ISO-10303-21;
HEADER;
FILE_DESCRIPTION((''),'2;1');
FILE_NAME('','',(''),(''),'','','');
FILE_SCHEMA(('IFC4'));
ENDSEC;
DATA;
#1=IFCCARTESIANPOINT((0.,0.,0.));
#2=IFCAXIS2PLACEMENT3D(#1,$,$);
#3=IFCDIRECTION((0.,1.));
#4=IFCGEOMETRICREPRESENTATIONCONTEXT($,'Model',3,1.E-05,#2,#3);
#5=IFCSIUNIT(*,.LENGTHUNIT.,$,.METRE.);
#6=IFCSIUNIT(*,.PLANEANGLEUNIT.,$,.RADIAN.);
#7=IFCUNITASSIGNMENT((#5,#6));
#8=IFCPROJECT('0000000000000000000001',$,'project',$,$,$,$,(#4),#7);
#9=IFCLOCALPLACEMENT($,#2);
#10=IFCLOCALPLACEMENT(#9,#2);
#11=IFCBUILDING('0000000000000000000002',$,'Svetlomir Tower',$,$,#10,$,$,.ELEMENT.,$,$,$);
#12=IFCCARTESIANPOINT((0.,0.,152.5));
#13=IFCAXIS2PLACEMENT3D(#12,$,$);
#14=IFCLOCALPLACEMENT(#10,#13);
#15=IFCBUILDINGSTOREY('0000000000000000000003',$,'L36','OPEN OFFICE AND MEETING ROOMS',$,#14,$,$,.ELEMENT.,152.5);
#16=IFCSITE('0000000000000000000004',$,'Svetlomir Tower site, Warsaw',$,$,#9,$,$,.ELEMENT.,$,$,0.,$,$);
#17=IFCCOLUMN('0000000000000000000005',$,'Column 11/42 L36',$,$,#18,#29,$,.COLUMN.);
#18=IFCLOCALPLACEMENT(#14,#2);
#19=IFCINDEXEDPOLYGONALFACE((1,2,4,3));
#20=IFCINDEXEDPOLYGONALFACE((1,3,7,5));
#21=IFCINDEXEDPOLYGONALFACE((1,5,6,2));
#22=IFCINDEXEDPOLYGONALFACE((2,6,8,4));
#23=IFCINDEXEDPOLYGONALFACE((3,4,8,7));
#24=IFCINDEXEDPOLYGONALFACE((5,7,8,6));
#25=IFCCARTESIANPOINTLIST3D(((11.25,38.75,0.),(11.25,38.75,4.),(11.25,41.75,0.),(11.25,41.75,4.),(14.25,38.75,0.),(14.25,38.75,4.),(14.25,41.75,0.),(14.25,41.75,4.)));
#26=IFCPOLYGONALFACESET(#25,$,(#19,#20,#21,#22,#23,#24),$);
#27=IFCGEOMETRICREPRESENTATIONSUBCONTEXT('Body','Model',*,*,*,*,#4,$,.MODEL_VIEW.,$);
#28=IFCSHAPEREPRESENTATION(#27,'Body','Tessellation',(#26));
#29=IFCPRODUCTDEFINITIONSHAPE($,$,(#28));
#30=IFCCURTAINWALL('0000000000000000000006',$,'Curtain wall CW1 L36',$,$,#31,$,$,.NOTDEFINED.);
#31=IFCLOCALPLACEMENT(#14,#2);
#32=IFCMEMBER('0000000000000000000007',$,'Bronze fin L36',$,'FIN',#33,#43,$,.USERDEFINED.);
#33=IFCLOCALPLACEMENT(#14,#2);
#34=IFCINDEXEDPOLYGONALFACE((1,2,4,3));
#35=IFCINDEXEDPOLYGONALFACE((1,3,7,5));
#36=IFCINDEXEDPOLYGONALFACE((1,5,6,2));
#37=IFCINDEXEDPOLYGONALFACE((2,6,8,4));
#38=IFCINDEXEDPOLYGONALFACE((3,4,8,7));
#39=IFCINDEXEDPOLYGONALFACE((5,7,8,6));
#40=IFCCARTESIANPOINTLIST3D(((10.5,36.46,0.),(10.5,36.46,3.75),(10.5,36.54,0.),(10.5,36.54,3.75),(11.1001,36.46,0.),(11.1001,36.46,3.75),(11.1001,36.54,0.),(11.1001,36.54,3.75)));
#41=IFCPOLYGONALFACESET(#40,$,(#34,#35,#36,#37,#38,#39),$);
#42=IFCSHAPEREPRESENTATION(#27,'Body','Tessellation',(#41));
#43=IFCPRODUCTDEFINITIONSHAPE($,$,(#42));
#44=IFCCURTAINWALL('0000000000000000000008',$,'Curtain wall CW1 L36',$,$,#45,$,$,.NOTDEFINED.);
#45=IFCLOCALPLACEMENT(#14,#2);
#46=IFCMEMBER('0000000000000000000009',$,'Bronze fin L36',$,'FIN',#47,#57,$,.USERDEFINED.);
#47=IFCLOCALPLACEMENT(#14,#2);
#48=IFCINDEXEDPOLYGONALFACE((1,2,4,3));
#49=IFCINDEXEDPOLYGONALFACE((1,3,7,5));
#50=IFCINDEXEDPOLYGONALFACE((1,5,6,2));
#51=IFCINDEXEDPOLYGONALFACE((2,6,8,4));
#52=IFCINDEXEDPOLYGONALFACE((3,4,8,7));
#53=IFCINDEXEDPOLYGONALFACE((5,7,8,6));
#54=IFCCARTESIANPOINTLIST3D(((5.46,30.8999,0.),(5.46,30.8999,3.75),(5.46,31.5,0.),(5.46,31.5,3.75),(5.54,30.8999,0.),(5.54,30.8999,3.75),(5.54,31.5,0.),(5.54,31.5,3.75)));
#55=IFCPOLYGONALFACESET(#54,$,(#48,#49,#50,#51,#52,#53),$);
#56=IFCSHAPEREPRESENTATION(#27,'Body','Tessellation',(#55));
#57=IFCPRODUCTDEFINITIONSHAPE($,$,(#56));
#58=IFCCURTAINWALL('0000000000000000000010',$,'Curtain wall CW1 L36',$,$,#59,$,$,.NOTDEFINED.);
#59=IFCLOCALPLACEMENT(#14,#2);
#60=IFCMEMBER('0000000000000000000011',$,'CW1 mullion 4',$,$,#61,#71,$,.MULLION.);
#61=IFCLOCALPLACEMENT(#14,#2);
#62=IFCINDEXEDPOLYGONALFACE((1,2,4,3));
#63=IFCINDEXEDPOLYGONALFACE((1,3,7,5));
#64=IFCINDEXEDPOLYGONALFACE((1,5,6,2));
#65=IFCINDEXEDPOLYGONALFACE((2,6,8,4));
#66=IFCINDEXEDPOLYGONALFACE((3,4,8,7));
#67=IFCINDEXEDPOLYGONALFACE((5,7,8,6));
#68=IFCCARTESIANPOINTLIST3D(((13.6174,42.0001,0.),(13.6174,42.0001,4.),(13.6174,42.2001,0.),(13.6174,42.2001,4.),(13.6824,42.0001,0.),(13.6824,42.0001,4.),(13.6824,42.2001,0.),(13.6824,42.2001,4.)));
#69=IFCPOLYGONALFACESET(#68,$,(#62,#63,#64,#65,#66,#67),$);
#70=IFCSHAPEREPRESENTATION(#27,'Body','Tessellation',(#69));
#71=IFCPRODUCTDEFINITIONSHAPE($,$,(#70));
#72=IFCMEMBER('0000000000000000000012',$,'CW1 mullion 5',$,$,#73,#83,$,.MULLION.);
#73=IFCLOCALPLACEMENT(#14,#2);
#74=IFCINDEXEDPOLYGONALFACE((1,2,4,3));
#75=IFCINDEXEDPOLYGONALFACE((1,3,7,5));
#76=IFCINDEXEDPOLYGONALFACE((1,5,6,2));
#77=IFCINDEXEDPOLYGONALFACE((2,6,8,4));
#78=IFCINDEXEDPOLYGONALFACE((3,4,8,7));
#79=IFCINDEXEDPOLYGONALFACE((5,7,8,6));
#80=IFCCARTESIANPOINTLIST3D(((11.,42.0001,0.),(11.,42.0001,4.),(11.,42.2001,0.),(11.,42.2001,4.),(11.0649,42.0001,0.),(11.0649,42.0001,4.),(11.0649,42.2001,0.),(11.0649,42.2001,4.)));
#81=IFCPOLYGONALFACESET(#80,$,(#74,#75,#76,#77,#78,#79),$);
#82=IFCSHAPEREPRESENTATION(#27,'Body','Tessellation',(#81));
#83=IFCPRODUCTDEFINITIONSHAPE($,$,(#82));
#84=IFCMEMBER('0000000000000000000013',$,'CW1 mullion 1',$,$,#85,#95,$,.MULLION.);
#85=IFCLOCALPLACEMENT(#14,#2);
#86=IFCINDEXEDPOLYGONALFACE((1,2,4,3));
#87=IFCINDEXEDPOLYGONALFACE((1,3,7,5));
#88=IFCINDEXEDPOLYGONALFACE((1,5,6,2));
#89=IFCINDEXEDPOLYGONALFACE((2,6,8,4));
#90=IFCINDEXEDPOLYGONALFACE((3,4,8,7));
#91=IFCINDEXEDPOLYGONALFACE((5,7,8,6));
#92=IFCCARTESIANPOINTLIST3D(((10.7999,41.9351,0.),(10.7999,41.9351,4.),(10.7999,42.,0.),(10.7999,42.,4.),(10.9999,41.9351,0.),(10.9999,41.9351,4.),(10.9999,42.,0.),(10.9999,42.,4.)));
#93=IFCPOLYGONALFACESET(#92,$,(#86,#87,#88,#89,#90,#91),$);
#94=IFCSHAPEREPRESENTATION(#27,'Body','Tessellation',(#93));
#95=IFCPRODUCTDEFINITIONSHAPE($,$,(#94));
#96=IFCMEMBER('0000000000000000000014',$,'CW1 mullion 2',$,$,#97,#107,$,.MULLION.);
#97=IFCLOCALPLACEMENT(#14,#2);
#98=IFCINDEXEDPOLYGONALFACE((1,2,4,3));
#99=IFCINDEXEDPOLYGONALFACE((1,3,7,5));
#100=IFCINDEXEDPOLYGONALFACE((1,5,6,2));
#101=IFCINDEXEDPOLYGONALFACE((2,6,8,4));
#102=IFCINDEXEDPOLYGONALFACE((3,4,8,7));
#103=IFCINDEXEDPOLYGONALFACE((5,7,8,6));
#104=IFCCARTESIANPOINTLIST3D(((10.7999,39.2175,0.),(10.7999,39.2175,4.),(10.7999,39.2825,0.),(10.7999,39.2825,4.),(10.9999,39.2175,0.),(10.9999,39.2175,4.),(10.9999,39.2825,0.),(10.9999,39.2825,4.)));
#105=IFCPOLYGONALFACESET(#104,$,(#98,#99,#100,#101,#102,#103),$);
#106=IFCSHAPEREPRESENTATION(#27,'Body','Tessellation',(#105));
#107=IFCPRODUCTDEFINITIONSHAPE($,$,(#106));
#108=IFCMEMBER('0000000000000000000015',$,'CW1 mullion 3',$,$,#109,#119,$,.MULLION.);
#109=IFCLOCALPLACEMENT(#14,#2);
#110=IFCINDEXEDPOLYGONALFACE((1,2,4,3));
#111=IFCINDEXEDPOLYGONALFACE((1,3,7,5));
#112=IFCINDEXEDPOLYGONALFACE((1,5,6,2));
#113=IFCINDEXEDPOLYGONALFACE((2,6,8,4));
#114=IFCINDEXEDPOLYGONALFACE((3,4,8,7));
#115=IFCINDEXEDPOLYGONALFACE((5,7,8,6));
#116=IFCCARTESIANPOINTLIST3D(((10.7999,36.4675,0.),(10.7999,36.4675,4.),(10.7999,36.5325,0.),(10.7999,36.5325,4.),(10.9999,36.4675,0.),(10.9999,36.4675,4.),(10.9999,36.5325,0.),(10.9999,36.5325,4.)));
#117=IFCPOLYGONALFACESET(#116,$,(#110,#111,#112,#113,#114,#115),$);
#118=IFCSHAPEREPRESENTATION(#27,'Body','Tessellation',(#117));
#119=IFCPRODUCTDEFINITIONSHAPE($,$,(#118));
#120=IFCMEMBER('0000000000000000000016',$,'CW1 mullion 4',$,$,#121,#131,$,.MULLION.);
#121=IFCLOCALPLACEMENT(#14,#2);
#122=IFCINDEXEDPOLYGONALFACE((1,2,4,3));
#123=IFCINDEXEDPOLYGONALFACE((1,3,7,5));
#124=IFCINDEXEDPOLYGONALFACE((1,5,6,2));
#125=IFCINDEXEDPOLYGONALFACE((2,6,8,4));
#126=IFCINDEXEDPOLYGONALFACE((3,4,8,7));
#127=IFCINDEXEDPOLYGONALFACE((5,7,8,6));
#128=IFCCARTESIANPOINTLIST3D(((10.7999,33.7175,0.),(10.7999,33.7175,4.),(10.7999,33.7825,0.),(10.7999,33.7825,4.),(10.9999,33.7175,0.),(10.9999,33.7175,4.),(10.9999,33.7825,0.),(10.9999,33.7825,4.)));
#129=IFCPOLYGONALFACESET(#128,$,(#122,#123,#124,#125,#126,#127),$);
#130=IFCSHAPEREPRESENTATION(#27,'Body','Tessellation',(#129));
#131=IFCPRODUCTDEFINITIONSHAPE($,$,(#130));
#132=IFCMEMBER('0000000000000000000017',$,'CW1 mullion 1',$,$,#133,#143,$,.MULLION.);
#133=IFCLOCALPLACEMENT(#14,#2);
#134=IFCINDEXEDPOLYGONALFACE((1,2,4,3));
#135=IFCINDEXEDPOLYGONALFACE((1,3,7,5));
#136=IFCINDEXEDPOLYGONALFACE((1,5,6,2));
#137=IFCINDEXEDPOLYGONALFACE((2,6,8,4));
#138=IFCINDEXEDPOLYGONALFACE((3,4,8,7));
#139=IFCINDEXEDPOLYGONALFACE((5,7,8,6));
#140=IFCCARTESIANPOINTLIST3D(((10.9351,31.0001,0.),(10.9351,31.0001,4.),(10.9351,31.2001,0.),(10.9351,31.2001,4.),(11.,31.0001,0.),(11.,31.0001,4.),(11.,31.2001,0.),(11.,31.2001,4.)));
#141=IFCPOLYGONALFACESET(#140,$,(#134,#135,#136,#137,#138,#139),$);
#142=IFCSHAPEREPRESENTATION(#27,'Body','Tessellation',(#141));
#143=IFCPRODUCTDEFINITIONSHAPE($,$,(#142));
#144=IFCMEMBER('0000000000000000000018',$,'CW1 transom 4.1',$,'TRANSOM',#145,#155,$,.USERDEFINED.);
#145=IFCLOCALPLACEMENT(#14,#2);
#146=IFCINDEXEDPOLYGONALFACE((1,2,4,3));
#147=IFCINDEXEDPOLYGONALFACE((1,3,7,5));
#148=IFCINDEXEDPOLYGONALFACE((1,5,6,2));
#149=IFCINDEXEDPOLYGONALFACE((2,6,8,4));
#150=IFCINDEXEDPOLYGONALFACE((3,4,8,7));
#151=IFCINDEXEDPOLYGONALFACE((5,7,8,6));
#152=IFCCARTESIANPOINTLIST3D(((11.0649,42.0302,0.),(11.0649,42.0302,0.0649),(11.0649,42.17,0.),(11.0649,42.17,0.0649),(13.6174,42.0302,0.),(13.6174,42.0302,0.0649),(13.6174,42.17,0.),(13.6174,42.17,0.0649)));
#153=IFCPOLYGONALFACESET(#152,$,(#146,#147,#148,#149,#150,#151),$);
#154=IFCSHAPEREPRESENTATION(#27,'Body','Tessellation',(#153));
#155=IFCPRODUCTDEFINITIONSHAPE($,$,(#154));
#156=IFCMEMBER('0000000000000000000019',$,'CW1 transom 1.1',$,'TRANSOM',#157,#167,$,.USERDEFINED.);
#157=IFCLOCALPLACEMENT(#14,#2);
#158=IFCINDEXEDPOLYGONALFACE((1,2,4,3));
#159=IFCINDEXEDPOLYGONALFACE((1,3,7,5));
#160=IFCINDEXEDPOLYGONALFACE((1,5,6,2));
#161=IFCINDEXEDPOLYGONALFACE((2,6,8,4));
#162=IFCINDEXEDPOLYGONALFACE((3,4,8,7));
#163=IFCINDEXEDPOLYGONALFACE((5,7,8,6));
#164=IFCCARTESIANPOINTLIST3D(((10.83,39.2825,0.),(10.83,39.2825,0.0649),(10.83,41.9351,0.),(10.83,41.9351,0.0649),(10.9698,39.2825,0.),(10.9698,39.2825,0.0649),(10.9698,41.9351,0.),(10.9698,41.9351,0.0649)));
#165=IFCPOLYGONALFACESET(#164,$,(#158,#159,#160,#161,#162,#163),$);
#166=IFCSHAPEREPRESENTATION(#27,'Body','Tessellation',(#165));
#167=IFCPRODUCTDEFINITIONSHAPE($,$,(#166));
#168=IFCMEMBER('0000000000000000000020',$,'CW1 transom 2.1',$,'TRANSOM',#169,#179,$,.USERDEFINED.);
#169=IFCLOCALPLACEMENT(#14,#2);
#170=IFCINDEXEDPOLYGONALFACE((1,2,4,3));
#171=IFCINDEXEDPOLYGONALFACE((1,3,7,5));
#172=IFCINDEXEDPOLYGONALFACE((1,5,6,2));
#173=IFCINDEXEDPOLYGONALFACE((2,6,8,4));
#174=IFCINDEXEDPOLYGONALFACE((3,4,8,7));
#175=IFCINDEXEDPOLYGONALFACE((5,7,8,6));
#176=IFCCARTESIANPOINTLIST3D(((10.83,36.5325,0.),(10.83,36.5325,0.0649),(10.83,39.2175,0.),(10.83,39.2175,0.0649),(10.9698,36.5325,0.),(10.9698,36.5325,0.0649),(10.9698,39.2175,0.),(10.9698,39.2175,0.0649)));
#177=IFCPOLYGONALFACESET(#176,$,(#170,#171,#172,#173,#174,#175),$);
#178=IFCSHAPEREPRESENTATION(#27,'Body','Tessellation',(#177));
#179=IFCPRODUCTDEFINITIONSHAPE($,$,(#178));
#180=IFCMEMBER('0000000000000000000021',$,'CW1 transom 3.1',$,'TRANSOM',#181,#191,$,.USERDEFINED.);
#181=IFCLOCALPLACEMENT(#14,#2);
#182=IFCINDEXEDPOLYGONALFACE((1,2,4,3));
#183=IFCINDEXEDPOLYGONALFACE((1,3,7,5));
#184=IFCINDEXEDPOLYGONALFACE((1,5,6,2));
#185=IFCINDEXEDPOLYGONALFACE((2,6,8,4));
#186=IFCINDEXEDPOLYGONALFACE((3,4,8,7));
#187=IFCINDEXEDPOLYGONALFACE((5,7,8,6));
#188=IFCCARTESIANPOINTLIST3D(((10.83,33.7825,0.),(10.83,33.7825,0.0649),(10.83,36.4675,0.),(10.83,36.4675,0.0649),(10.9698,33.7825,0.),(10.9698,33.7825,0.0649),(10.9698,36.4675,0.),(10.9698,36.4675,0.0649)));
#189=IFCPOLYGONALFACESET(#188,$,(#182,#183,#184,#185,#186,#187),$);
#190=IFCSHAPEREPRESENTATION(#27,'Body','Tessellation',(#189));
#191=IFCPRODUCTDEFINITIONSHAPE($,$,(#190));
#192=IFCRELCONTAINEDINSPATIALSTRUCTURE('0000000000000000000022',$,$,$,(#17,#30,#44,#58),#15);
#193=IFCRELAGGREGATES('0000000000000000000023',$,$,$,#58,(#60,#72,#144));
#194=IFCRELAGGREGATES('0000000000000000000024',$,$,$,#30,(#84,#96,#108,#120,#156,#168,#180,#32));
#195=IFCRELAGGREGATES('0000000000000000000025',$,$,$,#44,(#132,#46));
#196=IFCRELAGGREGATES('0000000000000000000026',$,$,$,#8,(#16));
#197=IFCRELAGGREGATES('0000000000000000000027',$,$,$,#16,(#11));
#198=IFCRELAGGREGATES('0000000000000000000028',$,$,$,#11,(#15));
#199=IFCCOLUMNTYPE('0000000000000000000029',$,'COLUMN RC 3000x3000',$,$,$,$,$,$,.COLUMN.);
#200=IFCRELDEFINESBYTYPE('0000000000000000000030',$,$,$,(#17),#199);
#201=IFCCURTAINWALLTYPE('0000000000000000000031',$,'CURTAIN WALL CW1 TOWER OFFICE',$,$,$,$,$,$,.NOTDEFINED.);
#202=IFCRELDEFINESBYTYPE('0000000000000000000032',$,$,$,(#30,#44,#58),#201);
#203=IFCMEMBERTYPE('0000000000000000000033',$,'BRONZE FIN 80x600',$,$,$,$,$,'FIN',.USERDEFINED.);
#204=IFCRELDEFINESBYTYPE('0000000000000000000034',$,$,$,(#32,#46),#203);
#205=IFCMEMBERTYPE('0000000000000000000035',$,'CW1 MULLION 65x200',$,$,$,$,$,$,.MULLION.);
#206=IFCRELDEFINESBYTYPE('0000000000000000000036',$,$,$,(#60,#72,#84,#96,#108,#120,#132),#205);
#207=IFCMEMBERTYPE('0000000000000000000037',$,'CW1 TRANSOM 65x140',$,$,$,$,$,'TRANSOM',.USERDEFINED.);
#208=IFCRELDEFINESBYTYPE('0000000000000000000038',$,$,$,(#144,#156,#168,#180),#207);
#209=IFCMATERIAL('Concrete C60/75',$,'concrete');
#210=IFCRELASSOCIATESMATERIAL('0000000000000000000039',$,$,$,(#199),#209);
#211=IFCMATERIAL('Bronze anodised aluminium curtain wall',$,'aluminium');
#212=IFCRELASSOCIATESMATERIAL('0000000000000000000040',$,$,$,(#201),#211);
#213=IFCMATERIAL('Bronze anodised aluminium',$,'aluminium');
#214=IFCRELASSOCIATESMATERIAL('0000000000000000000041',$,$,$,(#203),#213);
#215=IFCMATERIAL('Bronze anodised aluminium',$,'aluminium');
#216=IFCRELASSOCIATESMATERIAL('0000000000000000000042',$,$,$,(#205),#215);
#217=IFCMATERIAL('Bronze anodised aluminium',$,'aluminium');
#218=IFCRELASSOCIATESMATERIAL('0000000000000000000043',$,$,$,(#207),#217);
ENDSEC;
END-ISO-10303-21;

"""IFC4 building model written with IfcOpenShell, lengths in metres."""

from ifc_helpers import new_model, si_unit, direction, frame, origin, origin_2d, place, context, subcontext, project, spatial, rectangle, extrude, material, material_profile, profile_set, type_object, element, aggregate, save


model = new_model("IFC4")

# Units and contexts
model_context = context("Model", 3, precision=1e-05, world=origin(), true_north=direction((0.0, 1.0)))
body_context = subcontext(model_context, "Body", "Model", "MODEL_VIEW")
ifc_project = project(units=[si_unit("LENGTHUNIT", "METRE"), si_unit("PLANEANGLEUNIT", "RADIAN")], contexts=[model_context])

# Site, building, storey
site_placement = place(None, origin())
site = spatial("IfcSite", under=ifc_project, at=site_placement, Name="Svetlomir Tower site, Warsaw", CompositionType="ELEMENT", RefElevation=0.0)
building_placement = place(site_placement, origin())
building = spatial("IfcBuilding", under=site, at=building_placement, Name="Svetlomir Tower", CompositionType="ELEMENT")
storey_placement = place(building_placement, frame((0.0, 0.0, 152.5)))
storey = spatial("IfcBuildingStorey", under=building, at=storey_placement, Name="L36", Description="OPEN OFFICE AND MEETING ROOMS", CompositionType="ELEMENT", Elevation=152.5)

# Column
ifc_material_1 = material(Name="Concrete C60/75", Category="concrete")
ifc_material_profile_1 = material_profile(ifc_material_1, rectangle(XDim=3.0, YDim=3.0, at=origin_2d()), Name="RC 3000x3000")
ifc_profile_set_1 = profile_set([ifc_material_profile_1], Name="Concrete C60/75")
column_type = type_object("IfcColumnType", Name="COLUMN RC 3000x3000", PredefinedType="COLUMN", material=ifc_profile_set_1)
column_placement = place(storey_placement, frame((12.75, 40.25, 0.0), z_axis=(0.0, 0.0, 1.0), x_axis=(1.0, 0.0, 0.0)))
element("IfcColumn", 1, at=column_placement, inside=storey, type_object=column_type, Name="Column 11/42 L36", PredefinedType="COLUMN", context=body_context, shape_type="SweptSolid", body=[
    extrude(rectangle(XDim=3.0, YDim=3.0, at=origin_2d()), origin(), (0.0, 0.0, 1.0), 4.0),
])

# Curtain walls, members
ifc_material_2 = material(Name="Bronze anodised aluminium curtain wall", Category="aluminium")
curtain_wall_type = type_object("IfcCurtainWallType", Name="CURTAIN WALL CW1 TOWER OFFICE", PredefinedType="NOTDEFINED", material=ifc_material_2)
curtain_wall_1_placement = place(storey_placement, origin())
curtain_wall_1 = element("IfcCurtainWall", 2, at=curtain_wall_1_placement, inside=storey, type_object=curtain_wall_type, Name="Curtain wall CW1 L36", PredefinedType="NOTDEFINED")
ifc_material_3 = material(Name="Bronze anodised aluminium", Category="aluminium")
ifc_material_profile_2 = material_profile(ifc_material_3, rectangle(XDim=0.0801, YDim=0.6001, at=origin_2d()), Name="FIN 80x600")
ifc_profile_set_2 = profile_set([ifc_material_profile_2], Name="Bronze anodised aluminium 6063-T6")
member_type_1 = type_object("IfcMemberType", Name="BRONZE FIN 80x600", ElementType="FIN", PredefinedType="USERDEFINED", material=ifc_profile_set_2)
member_1_placement = place(storey_placement, frame((10.8, 36.5, 0.0), z_axis=(0.0, 0.0, 1.0), x_axis=(0.0, 1.0, 0.0)))
member_1 = element("IfcMember", 3, at=member_1_placement, type_object=member_type_1, Name="Bronze fin L36", ObjectType="FIN", PredefinedType="USERDEFINED", context=body_context, shape_type="SweptSolid", body=[
    extrude(rectangle(XDim=0.0801, YDim=0.6001, at=origin_2d()), origin(), (0.0, 0.0, 1.0), 3.75),
])
curtain_wall_2_placement = place(storey_placement, origin())
curtain_wall_2 = element("IfcCurtainWall", 4, at=curtain_wall_2_placement, inside=storey, type_object=curtain_wall_type, Name="Curtain wall CW1 L36", PredefinedType="NOTDEFINED")
member_2_placement = place(storey_placement, frame((5.5, 31.2, 0.0), z_axis=(0.0, 0.0, 1.0), x_axis=(1.0, 0.0, 0.0)))
member_2 = element("IfcMember", 5, at=member_2_placement, type_object=member_type_1, Name="Bronze fin L36", ObjectType="FIN", PredefinedType="USERDEFINED", context=body_context, shape_type="SweptSolid", body=[
    extrude(rectangle(XDim=0.0801, YDim=0.6001, at=origin_2d()), origin(), (0.0, 0.0, 1.0), 3.75),
])

# Curtain wall, members
curtain_wall_3_placement = place(storey_placement, origin())
curtain_wall_3 = element("IfcCurtainWall", 6, at=curtain_wall_3_placement, inside=storey, type_object=curtain_wall_type, Name="Curtain wall CW1 L36", PredefinedType="NOTDEFINED")
ifc_material_4 = material(Name="Bronze anodised aluminium", Category="aluminium")
ifc_material_profile_3 = material_profile(ifc_material_4, rectangle(XDim=0.0649, YDim=0.2, at=origin_2d()), Name="AL 65x200")
ifc_profile_set_3 = profile_set([ifc_material_profile_3], Name="Bronze anodised aluminium 6063-T6")
member_type_2 = type_object("IfcMemberType", Name="CW1 MULLION 65x200", PredefinedType="MULLION", material=ifc_profile_set_3)
member_3_placement = place(storey_placement, frame((13.6499, 42.1001, 0.0), z_axis=(0.0, 0.0, 1.0), x_axis=(-1.0, 0.0, 0.0)))
member_3 = element("IfcMember", 7, at=member_3_placement, type_object=member_type_2, Name="CW1 mullion 4", PredefinedType="MULLION", context=body_context, shape_type="SweptSolid", body=[
    extrude(rectangle(XDim=0.0649, YDim=0.2, at=origin_2d()), origin(), (0.0, 0.0, 1.0), 4.0),
])
member_4_placement = place(storey_placement, frame((11.0325, 42.1001, 0.0), z_axis=(0.0, 0.0, 1.0), x_axis=(-1.0, 0.0, 0.0)))
member_4 = element("IfcMember", 8, at=member_4_placement, type_object=member_type_2, Name="CW1 mullion 5", PredefinedType="MULLION", context=body_context, shape_type="SweptSolid", body=[
    extrude(rectangle(XDim=0.0649, YDim=0.2, at=origin_2d()), origin(), (0.0, 0.0, 1.0), 4.0),
])

# Members
member_5_placement = place(storey_placement, frame((10.8999, 41.9675, 0.0), z_axis=(0.0, 0.0, 1.0), x_axis=(0.0, -1.0, 0.0)))
member_5 = element("IfcMember", 9, at=member_5_placement, type_object=member_type_2, Name="CW1 mullion 1", PredefinedType="MULLION", context=body_context, shape_type="SweptSolid", body=[
    extrude(rectangle(XDim=0.0649, YDim=0.2, at=origin_2d()), origin(), (0.0, 0.0, 1.0), 4.0),
])
member_6_placement = place(storey_placement, frame((10.8999, 39.25, 0.0), z_axis=(0.0, 0.0, 1.0), x_axis=(0.0, -1.0, 0.0)))
member_6 = element("IfcMember", 10, at=member_6_placement, type_object=member_type_2, Name="CW1 mullion 2", PredefinedType="MULLION", context=body_context, shape_type="SweptSolid", body=[
    extrude(rectangle(XDim=0.0649, YDim=0.2, at=origin_2d()), origin(), (0.0, 0.0, 1.0), 4.0),
])
member_7_placement = place(storey_placement, frame((10.8999, 36.5, 0.0), z_axis=(0.0, 0.0, 1.0), x_axis=(0.0, -1.0, 0.0)))
member_7 = element("IfcMember", 11, at=member_7_placement, type_object=member_type_2, Name="CW1 mullion 3", PredefinedType="MULLION", context=body_context, shape_type="SweptSolid", body=[
    extrude(rectangle(XDim=0.0649, YDim=0.2, at=origin_2d()), origin(), (0.0, 0.0, 1.0), 4.0),
])
member_8_placement = place(storey_placement, frame((10.8999, 33.75, 0.0), z_axis=(0.0, 0.0, 1.0), x_axis=(0.0, -1.0, 0.0)))
member_8 = element("IfcMember", 12, at=member_8_placement, type_object=member_type_2, Name="CW1 mullion 4", PredefinedType="MULLION", context=body_context, shape_type="SweptSolid", body=[
    extrude(rectangle(XDim=0.0649, YDim=0.2, at=origin_2d()), origin(), (0.0, 0.0, 1.0), 4.0),
])
member_9_placement = place(storey_placement, frame((10.9675, 31.1001, 0.0), z_axis=(0.0, 0.0, 1.0), x_axis=(-1.0, 0.0, 0.0)))
member_9 = element("IfcMember", 13, at=member_9_placement, type_object=member_type_2, Name="CW1 mullion 1", PredefinedType="MULLION", context=body_context, shape_type="SweptSolid", body=[
    extrude(rectangle(XDim=0.0649, YDim=0.2, at=origin_2d()), origin(), (0.0, 0.0, 1.0), 4.0),
])
ifc_material_5 = material(Name="Bronze anodised aluminium", Category="aluminium")
ifc_material_profile_4 = material_profile(ifc_material_5, rectangle(XDim=0.1399, YDim=0.0649, at=origin_2d()), Name="AL 140x65")
ifc_profile_set_4 = profile_set([ifc_material_profile_4], Name="Bronze anodised aluminium 6063-T6")
member_type_3 = type_object("IfcMemberType", Name="CW1 TRANSOM 65x140", ElementType="TRANSOM", PredefinedType="USERDEFINED", material=ifc_profile_set_4)
member_10_placement = place(storey_placement, frame((13.6174, 42.1001, 0.0325), z_axis=(-1.0, 0.0, 0.0), x_axis=(0.0, -1.0, 0.0)))
member_10 = element("IfcMember", 14, at=member_10_placement, type_object=member_type_3, Name="CW1 transom 4.1", ObjectType="TRANSOM", PredefinedType="USERDEFINED", context=body_context, shape_type="SweptSolid", body=[
    extrude(rectangle(XDim=0.1399, YDim=0.0649, at=origin_2d()), origin(), (0.0, 0.0, 1.0), 2.5525),
])
member_11_placement = place(storey_placement, frame((10.8999, 41.9351, 0.0325), z_axis=(0.0, -1.0, 0.0), x_axis=(1.0, 0.0, 0.0)))
member_11 = element("IfcMember", 15, at=member_11_placement, type_object=member_type_3, Name="CW1 transom 1.1", ObjectType="TRANSOM", PredefinedType="USERDEFINED", context=body_context, shape_type="SweptSolid", body=[
    extrude(rectangle(XDim=0.1399, YDim=0.0649, at=origin_2d()), origin(), (0.0, 0.0, 1.0), 2.6526),
])
member_12_placement = place(storey_placement, frame((10.8999, 39.2175, 0.0325), z_axis=(0.0, -1.0, 0.0), x_axis=(1.0, 0.0, 0.0)))
member_12 = element("IfcMember", 16, at=member_12_placement, type_object=member_type_3, Name="CW1 transom 2.1", ObjectType="TRANSOM", PredefinedType="USERDEFINED", context=body_context, shape_type="SweptSolid", body=[
    extrude(rectangle(XDim=0.1399, YDim=0.0649, at=origin_2d()), origin(), (0.0, 0.0, 1.0), 2.6851),
])
member_13_placement = place(storey_placement, frame((10.8999, 36.4675, 0.0325), z_axis=(0.0, -1.0, 0.0), x_axis=(1.0, 0.0, 0.0)))
member_13 = element("IfcMember", 17, at=member_13_placement, type_object=member_type_3, Name="CW1 transom 3.1", ObjectType="TRANSOM", PredefinedType="USERDEFINED", context=body_context, shape_type="SweptSolid", body=[
    extrude(rectangle(XDim=0.1399, YDim=0.0649, at=origin_2d()), origin(), (0.0, 0.0, 1.0), 2.6851),
])

aggregate(curtain_wall_3, [member_3, member_4, member_10])
aggregate(curtain_wall_1, [member_5, member_6, member_7, member_8, member_11, member_12, member_13, member_1])
aggregate(curtain_wall_2, [member_9, member_2])

save(model, "model.ifc")
